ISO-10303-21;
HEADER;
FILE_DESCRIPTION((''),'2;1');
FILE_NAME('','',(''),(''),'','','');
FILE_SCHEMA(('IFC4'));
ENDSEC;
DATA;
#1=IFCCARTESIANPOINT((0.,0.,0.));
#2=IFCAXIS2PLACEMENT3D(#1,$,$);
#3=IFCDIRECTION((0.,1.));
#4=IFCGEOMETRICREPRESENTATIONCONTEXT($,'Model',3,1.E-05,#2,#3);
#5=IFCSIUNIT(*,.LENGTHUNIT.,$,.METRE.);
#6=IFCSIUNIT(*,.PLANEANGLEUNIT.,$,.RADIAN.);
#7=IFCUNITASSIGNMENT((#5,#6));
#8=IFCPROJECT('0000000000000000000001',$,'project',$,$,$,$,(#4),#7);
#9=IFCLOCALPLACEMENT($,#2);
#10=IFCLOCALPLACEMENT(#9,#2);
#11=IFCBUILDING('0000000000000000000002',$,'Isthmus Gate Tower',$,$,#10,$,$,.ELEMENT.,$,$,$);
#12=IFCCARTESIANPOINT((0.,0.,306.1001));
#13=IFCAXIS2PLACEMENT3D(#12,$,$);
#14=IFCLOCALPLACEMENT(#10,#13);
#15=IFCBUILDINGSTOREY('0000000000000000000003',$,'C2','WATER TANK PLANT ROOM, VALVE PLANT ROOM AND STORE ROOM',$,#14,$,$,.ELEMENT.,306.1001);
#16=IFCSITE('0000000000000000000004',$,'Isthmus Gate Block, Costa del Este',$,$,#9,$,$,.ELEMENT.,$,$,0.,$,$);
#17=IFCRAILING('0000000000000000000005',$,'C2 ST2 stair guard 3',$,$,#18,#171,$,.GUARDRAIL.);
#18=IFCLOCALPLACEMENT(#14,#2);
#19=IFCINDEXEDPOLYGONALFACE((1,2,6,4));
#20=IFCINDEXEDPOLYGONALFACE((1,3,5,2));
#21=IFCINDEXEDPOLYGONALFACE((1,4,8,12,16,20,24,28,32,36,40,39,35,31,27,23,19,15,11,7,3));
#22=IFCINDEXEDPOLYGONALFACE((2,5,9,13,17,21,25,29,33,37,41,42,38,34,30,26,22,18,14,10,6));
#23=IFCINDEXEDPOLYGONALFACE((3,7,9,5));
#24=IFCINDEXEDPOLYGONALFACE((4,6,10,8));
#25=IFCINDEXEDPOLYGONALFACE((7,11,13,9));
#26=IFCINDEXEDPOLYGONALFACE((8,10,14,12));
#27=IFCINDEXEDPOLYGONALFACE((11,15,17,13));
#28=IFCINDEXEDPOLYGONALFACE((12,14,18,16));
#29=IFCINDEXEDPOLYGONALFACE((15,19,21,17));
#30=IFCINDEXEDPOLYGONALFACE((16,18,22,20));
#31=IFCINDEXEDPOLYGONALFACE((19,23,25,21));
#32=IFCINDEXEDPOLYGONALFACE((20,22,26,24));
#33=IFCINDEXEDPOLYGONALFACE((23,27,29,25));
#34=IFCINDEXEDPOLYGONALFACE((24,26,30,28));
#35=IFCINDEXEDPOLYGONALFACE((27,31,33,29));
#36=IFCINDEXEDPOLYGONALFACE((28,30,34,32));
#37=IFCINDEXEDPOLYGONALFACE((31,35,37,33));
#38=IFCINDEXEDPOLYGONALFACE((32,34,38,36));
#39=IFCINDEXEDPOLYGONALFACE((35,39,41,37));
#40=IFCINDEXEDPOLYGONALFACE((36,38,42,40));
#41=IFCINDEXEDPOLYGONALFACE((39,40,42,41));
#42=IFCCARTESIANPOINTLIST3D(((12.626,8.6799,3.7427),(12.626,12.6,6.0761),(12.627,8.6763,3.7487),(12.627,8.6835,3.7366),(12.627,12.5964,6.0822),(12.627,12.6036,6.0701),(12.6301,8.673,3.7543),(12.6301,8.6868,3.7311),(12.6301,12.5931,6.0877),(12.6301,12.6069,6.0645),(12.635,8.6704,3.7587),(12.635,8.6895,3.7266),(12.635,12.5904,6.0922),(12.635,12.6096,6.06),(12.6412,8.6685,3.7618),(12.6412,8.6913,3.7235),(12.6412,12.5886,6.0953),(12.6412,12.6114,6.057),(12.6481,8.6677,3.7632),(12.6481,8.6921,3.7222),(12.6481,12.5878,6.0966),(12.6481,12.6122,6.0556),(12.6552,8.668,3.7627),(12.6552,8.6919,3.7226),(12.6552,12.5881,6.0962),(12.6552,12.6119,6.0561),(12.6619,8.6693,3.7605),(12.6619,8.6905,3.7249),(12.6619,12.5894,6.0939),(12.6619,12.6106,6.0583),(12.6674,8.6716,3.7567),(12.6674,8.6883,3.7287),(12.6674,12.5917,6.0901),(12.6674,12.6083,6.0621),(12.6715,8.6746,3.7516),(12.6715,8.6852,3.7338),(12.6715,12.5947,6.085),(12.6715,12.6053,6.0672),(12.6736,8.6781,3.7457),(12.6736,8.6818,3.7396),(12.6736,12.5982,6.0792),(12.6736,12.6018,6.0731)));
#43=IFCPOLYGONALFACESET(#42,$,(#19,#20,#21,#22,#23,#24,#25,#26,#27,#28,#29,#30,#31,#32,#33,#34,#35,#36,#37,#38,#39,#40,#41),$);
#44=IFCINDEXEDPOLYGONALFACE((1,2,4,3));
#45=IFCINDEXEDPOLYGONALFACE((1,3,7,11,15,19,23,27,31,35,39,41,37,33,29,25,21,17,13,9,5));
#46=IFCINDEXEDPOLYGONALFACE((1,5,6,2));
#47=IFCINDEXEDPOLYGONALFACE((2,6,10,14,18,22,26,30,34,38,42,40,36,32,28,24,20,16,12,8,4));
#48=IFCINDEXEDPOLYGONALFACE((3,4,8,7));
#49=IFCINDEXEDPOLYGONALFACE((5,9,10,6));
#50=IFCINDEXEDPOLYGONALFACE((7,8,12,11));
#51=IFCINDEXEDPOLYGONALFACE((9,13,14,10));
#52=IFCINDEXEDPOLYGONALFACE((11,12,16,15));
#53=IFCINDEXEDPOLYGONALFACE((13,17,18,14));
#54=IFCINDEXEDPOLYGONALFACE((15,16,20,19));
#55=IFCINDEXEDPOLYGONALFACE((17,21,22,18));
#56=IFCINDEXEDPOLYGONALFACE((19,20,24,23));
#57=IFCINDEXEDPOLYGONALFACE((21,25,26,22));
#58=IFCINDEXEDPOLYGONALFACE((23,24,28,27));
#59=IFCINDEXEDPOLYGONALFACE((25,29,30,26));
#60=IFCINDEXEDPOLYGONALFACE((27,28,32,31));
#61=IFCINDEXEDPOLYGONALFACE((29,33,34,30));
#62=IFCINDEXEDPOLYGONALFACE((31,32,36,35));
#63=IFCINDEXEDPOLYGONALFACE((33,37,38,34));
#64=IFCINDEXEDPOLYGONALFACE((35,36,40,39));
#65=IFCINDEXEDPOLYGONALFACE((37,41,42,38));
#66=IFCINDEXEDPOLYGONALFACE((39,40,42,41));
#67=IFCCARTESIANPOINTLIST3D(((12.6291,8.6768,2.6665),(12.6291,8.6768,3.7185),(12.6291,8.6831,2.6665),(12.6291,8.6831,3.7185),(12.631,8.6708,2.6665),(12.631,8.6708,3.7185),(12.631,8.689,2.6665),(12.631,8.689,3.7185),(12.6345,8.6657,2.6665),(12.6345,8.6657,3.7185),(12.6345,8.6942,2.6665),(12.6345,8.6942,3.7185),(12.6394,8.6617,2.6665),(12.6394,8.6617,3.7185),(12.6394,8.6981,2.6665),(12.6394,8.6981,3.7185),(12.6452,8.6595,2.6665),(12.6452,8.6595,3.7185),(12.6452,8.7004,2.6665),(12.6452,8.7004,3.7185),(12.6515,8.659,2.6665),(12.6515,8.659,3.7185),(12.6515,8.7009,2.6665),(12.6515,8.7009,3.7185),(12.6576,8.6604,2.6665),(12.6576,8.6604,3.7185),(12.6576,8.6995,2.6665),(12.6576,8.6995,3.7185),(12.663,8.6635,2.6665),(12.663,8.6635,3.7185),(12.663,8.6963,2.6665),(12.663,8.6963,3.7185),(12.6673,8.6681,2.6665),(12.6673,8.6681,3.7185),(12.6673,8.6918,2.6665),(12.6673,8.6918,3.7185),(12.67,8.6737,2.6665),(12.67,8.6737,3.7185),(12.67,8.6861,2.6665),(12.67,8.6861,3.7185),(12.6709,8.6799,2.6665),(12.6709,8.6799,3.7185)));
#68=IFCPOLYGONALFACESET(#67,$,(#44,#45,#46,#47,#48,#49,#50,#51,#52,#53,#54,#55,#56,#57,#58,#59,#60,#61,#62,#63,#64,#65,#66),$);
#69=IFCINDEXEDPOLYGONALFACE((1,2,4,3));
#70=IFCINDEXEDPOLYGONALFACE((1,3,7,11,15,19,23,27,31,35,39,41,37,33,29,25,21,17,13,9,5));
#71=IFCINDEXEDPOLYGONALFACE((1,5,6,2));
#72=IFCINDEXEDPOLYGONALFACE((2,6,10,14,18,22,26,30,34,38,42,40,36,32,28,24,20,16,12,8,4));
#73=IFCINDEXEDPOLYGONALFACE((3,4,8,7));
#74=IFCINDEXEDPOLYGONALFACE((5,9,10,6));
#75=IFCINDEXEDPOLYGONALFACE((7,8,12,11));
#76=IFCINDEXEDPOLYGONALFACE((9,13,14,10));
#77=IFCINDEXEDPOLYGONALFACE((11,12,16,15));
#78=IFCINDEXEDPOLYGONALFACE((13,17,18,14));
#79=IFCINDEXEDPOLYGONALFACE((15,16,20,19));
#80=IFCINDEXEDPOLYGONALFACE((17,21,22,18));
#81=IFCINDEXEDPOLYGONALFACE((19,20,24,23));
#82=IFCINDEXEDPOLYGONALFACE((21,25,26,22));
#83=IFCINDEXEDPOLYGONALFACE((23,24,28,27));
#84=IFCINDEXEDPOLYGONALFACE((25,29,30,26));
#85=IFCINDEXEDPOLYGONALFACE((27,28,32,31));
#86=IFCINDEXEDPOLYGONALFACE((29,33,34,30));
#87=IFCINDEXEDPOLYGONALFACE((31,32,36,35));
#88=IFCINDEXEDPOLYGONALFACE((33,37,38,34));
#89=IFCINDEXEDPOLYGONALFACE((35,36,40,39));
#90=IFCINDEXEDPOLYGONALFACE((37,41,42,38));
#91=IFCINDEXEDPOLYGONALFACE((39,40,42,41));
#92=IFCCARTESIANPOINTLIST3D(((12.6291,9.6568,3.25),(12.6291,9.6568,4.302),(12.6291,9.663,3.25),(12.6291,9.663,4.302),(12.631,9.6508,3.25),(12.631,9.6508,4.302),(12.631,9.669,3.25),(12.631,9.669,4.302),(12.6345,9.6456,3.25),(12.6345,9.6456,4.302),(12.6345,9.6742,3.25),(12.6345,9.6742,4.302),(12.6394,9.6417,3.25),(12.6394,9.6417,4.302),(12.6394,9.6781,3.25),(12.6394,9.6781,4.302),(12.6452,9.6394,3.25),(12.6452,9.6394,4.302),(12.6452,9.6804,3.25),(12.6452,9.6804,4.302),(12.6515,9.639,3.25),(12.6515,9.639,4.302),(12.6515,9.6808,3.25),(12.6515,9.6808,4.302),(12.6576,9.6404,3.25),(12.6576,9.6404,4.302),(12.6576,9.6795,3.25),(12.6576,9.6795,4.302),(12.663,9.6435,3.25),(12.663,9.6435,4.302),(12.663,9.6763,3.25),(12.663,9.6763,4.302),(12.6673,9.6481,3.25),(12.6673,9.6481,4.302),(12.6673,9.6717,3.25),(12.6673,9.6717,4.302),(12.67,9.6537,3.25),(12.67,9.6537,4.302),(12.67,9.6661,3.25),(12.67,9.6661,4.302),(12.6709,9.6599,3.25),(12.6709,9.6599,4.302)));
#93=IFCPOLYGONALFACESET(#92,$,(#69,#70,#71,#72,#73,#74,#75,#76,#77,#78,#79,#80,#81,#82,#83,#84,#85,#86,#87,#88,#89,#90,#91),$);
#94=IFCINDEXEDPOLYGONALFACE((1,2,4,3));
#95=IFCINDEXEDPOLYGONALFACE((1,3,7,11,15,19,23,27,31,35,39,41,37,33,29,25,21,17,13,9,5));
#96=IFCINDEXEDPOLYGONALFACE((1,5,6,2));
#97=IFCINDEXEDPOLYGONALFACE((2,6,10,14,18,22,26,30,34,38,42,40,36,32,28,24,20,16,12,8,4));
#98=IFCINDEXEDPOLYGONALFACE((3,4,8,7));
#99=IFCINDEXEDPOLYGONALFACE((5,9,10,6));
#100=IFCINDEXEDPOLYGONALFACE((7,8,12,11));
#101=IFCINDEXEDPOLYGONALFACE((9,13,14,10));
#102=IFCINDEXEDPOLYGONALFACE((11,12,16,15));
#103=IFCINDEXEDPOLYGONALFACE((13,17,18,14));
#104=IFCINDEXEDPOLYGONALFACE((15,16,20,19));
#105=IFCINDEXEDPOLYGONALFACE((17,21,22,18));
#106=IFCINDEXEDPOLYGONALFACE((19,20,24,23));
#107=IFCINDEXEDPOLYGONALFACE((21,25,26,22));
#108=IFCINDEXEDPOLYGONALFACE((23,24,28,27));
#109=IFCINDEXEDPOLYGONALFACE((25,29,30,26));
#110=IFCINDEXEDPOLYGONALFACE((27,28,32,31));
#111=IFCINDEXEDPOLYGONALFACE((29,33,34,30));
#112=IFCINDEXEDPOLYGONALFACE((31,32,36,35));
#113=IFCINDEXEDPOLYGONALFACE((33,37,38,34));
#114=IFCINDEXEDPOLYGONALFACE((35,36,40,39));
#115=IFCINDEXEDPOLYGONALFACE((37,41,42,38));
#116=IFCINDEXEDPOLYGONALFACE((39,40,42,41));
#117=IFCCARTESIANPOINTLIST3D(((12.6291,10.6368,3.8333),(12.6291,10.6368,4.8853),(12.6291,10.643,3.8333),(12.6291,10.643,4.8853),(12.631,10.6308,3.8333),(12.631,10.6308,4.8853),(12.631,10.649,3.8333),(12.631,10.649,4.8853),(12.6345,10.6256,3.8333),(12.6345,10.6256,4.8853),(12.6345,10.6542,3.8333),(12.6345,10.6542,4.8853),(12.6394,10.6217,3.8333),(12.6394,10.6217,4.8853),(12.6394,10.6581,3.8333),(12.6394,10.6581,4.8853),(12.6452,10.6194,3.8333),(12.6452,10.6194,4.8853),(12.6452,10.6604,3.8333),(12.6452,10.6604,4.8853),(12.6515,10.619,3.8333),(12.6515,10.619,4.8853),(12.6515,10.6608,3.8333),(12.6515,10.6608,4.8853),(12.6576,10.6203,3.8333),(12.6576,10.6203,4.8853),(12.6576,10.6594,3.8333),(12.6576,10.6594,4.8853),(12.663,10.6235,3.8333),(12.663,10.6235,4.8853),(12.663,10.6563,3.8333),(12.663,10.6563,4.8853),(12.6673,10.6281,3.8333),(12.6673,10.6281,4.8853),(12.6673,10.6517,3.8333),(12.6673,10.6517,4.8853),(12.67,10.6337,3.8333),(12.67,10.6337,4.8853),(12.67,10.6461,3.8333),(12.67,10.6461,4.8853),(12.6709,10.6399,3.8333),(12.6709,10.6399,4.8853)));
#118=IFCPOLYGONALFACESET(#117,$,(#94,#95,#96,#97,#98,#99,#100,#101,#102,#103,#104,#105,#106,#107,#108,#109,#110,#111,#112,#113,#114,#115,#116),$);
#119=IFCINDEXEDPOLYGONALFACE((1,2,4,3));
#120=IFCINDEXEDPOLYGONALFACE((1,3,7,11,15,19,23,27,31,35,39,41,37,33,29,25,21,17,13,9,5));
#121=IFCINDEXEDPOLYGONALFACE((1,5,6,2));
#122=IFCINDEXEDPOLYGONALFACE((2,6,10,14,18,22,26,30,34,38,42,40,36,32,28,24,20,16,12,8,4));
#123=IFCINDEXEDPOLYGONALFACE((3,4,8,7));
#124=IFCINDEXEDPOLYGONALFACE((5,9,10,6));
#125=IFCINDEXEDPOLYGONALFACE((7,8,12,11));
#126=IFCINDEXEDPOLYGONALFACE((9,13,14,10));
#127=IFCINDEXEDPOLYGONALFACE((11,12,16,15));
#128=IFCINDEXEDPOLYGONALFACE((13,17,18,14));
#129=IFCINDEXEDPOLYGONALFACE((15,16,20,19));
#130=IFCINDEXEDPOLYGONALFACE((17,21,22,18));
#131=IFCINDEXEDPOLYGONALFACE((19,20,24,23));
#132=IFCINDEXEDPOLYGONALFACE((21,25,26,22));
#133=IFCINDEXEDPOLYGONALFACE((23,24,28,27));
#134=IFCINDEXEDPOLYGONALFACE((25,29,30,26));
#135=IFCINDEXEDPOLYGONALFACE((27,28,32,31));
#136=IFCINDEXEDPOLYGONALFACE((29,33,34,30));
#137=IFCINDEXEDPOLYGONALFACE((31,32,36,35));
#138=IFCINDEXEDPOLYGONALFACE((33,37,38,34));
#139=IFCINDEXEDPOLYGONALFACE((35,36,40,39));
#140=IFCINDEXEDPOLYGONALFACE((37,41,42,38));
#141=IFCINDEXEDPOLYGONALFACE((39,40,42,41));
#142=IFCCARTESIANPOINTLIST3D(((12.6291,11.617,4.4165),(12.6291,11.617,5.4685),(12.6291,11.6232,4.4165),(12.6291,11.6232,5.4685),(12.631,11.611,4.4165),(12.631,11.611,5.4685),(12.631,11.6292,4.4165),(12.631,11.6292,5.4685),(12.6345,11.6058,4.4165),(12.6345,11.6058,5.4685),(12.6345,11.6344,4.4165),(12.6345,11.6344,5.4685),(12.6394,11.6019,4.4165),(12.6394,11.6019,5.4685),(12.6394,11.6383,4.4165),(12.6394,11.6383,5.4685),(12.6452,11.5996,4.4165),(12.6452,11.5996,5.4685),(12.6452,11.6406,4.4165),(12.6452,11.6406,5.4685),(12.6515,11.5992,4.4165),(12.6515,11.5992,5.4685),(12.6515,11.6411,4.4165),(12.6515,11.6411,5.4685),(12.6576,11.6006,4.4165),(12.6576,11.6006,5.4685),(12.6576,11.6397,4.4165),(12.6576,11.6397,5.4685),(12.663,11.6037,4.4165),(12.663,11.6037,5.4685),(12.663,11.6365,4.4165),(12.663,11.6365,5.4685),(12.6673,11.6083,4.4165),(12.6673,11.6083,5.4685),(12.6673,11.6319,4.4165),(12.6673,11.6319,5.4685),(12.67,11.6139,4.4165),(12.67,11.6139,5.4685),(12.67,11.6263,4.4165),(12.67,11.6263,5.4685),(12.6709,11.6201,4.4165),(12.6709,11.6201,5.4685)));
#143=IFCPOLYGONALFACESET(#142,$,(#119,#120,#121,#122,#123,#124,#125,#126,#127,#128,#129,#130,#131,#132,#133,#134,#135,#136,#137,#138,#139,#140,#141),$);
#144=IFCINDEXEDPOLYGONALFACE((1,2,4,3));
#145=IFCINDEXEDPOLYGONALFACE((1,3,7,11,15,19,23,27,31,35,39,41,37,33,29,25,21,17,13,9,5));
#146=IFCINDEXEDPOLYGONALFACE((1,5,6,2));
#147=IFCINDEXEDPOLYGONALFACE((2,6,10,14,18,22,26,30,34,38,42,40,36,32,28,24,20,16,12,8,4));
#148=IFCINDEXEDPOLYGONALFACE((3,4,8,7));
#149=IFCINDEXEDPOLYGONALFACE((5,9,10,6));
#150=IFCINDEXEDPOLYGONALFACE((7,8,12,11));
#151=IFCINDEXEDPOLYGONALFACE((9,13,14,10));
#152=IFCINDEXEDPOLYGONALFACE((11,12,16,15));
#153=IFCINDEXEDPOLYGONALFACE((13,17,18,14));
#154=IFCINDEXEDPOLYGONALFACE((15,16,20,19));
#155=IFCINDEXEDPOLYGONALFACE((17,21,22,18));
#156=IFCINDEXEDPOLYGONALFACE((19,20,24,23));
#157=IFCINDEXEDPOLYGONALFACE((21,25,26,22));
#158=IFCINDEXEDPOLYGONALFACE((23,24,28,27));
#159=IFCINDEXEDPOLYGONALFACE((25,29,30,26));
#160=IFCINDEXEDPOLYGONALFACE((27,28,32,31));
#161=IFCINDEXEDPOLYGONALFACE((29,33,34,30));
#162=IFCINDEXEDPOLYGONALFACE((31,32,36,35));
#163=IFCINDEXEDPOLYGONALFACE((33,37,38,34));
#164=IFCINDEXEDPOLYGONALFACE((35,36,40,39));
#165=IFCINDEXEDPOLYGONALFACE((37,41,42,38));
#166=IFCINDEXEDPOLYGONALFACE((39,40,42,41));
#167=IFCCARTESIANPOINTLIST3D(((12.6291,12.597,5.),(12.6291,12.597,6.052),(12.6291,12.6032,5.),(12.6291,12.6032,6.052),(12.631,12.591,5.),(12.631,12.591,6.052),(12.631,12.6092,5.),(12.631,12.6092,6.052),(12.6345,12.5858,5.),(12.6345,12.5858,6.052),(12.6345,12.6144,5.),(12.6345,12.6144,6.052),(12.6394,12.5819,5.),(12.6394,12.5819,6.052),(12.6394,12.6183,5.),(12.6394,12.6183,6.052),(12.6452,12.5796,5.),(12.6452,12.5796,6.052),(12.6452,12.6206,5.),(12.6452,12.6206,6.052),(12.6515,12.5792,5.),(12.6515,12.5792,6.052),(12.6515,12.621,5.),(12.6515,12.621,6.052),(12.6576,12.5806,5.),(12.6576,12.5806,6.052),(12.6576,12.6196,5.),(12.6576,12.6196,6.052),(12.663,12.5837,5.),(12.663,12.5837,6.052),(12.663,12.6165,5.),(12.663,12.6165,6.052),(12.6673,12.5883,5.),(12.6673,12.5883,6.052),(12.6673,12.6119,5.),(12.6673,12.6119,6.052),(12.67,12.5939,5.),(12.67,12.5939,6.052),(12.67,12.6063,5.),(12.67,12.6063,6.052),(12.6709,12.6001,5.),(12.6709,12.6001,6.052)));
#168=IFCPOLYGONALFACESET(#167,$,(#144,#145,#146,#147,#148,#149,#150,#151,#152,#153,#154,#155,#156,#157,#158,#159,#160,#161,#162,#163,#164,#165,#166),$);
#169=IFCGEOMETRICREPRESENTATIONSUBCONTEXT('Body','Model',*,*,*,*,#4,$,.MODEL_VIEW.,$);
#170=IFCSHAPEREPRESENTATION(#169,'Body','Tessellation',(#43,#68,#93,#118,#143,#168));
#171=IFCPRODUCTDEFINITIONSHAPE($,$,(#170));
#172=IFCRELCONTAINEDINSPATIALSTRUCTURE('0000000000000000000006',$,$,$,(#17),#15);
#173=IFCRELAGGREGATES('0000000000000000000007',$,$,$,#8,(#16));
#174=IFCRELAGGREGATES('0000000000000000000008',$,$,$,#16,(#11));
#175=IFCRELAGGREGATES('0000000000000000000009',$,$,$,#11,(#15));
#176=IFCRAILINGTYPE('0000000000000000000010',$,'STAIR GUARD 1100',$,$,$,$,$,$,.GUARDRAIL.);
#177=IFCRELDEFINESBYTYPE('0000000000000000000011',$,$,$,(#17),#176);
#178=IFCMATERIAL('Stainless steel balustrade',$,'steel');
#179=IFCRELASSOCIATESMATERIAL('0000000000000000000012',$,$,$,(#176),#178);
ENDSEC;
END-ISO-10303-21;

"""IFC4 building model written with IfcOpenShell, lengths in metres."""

from ifc_helpers import new_model, si_unit, direction, frame, origin, origin_2d, place, context, subcontext, project, spatial, circle, extrude, material, type_object, element, save


model = new_model("IFC4")

# Units and contexts
model_context = context("Model", 3, precision=1e-05, world=origin(), true_north=direction((0.0, 1.0)))
body_context = subcontext(model_context, "Body", "Model", "MODEL_VIEW")
ifc_project = project(units=[si_unit("LENGTHUNIT", "METRE"), si_unit("PLANEANGLEUNIT", "RADIAN")], contexts=[model_context])

# Site, building, storey
site_placement = place(None, origin())
site = spatial("IfcSite", under=ifc_project, at=site_placement, Name="Isthmus Gate Block, Costa del Este", CompositionType="ELEMENT", RefElevation=0.0)
building_placement = place(site_placement, origin())
building = spatial("IfcBuilding", under=site, at=building_placement, Name="Isthmus Gate Tower", CompositionType="ELEMENT")
storey_placement = place(building_placement, frame((0.0, 0.0, 306.1001)))
storey = spatial("IfcBuildingStorey", under=building, at=storey_placement, Name="C2", Description="WATER TANK PLANT ROOM, VALVE PLANT ROOM AND STORE ROOM", CompositionType="ELEMENT", Elevation=306.1001)

# Railing
ifc_material_1 = material(Name="Stainless steel balustrade", Category="steel")
railing_type_1 = type_object("IfcRailingType", Name="STAIR GUARD 1100", PredefinedType="GUARDRAIL", material=ifc_material_1)
railing_1_placement = place(storey_placement, frame((12.6499, 8.6799, 2.6665)))
element("IfcRailing", 1, at=railing_1_placement, inside=storey, type_object=railing_type_1, Name="C2 ST2 stair guard 3", PredefinedType="GUARDRAIL", context=body_context, shape_type="SweptSolid", body=[
    extrude(circle(Radius=0.0239, at=origin_2d()), frame((0.0, 0.0, 1.0762), z_axis=(0.0, 0.859287, 0.511494), x_axis=(-1.0, 0.0, 0.0)), (0.0, 0.0, 1.0), 4.562),
    extrude(circle(Radius=0.021, at=origin_2d()), origin(), (0.0, 0.0, 1.0), 1.052),
    extrude(circle(Radius=0.021, at=origin_2d()), frame((0.0, 0.98, 0.5835)), (0.0, 0.0, 1.0), 1.052),
    extrude(circle(Radius=0.021, at=origin_2d()), frame((0.0, 1.96, 1.1667)), (0.0, 0.0, 1.0), 1.052),
    extrude(circle(Radius=0.021, at=origin_2d()), frame((0.0, 2.9402, 1.75)), (0.0, 0.0, 1.0), 1.052),
    extrude(circle(Radius=0.021, at=origin_2d()), frame((0.0, 3.9202, 2.3335)), (0.0, 0.0, 1.0), 1.052),
])

save(model, "model.ifc")
